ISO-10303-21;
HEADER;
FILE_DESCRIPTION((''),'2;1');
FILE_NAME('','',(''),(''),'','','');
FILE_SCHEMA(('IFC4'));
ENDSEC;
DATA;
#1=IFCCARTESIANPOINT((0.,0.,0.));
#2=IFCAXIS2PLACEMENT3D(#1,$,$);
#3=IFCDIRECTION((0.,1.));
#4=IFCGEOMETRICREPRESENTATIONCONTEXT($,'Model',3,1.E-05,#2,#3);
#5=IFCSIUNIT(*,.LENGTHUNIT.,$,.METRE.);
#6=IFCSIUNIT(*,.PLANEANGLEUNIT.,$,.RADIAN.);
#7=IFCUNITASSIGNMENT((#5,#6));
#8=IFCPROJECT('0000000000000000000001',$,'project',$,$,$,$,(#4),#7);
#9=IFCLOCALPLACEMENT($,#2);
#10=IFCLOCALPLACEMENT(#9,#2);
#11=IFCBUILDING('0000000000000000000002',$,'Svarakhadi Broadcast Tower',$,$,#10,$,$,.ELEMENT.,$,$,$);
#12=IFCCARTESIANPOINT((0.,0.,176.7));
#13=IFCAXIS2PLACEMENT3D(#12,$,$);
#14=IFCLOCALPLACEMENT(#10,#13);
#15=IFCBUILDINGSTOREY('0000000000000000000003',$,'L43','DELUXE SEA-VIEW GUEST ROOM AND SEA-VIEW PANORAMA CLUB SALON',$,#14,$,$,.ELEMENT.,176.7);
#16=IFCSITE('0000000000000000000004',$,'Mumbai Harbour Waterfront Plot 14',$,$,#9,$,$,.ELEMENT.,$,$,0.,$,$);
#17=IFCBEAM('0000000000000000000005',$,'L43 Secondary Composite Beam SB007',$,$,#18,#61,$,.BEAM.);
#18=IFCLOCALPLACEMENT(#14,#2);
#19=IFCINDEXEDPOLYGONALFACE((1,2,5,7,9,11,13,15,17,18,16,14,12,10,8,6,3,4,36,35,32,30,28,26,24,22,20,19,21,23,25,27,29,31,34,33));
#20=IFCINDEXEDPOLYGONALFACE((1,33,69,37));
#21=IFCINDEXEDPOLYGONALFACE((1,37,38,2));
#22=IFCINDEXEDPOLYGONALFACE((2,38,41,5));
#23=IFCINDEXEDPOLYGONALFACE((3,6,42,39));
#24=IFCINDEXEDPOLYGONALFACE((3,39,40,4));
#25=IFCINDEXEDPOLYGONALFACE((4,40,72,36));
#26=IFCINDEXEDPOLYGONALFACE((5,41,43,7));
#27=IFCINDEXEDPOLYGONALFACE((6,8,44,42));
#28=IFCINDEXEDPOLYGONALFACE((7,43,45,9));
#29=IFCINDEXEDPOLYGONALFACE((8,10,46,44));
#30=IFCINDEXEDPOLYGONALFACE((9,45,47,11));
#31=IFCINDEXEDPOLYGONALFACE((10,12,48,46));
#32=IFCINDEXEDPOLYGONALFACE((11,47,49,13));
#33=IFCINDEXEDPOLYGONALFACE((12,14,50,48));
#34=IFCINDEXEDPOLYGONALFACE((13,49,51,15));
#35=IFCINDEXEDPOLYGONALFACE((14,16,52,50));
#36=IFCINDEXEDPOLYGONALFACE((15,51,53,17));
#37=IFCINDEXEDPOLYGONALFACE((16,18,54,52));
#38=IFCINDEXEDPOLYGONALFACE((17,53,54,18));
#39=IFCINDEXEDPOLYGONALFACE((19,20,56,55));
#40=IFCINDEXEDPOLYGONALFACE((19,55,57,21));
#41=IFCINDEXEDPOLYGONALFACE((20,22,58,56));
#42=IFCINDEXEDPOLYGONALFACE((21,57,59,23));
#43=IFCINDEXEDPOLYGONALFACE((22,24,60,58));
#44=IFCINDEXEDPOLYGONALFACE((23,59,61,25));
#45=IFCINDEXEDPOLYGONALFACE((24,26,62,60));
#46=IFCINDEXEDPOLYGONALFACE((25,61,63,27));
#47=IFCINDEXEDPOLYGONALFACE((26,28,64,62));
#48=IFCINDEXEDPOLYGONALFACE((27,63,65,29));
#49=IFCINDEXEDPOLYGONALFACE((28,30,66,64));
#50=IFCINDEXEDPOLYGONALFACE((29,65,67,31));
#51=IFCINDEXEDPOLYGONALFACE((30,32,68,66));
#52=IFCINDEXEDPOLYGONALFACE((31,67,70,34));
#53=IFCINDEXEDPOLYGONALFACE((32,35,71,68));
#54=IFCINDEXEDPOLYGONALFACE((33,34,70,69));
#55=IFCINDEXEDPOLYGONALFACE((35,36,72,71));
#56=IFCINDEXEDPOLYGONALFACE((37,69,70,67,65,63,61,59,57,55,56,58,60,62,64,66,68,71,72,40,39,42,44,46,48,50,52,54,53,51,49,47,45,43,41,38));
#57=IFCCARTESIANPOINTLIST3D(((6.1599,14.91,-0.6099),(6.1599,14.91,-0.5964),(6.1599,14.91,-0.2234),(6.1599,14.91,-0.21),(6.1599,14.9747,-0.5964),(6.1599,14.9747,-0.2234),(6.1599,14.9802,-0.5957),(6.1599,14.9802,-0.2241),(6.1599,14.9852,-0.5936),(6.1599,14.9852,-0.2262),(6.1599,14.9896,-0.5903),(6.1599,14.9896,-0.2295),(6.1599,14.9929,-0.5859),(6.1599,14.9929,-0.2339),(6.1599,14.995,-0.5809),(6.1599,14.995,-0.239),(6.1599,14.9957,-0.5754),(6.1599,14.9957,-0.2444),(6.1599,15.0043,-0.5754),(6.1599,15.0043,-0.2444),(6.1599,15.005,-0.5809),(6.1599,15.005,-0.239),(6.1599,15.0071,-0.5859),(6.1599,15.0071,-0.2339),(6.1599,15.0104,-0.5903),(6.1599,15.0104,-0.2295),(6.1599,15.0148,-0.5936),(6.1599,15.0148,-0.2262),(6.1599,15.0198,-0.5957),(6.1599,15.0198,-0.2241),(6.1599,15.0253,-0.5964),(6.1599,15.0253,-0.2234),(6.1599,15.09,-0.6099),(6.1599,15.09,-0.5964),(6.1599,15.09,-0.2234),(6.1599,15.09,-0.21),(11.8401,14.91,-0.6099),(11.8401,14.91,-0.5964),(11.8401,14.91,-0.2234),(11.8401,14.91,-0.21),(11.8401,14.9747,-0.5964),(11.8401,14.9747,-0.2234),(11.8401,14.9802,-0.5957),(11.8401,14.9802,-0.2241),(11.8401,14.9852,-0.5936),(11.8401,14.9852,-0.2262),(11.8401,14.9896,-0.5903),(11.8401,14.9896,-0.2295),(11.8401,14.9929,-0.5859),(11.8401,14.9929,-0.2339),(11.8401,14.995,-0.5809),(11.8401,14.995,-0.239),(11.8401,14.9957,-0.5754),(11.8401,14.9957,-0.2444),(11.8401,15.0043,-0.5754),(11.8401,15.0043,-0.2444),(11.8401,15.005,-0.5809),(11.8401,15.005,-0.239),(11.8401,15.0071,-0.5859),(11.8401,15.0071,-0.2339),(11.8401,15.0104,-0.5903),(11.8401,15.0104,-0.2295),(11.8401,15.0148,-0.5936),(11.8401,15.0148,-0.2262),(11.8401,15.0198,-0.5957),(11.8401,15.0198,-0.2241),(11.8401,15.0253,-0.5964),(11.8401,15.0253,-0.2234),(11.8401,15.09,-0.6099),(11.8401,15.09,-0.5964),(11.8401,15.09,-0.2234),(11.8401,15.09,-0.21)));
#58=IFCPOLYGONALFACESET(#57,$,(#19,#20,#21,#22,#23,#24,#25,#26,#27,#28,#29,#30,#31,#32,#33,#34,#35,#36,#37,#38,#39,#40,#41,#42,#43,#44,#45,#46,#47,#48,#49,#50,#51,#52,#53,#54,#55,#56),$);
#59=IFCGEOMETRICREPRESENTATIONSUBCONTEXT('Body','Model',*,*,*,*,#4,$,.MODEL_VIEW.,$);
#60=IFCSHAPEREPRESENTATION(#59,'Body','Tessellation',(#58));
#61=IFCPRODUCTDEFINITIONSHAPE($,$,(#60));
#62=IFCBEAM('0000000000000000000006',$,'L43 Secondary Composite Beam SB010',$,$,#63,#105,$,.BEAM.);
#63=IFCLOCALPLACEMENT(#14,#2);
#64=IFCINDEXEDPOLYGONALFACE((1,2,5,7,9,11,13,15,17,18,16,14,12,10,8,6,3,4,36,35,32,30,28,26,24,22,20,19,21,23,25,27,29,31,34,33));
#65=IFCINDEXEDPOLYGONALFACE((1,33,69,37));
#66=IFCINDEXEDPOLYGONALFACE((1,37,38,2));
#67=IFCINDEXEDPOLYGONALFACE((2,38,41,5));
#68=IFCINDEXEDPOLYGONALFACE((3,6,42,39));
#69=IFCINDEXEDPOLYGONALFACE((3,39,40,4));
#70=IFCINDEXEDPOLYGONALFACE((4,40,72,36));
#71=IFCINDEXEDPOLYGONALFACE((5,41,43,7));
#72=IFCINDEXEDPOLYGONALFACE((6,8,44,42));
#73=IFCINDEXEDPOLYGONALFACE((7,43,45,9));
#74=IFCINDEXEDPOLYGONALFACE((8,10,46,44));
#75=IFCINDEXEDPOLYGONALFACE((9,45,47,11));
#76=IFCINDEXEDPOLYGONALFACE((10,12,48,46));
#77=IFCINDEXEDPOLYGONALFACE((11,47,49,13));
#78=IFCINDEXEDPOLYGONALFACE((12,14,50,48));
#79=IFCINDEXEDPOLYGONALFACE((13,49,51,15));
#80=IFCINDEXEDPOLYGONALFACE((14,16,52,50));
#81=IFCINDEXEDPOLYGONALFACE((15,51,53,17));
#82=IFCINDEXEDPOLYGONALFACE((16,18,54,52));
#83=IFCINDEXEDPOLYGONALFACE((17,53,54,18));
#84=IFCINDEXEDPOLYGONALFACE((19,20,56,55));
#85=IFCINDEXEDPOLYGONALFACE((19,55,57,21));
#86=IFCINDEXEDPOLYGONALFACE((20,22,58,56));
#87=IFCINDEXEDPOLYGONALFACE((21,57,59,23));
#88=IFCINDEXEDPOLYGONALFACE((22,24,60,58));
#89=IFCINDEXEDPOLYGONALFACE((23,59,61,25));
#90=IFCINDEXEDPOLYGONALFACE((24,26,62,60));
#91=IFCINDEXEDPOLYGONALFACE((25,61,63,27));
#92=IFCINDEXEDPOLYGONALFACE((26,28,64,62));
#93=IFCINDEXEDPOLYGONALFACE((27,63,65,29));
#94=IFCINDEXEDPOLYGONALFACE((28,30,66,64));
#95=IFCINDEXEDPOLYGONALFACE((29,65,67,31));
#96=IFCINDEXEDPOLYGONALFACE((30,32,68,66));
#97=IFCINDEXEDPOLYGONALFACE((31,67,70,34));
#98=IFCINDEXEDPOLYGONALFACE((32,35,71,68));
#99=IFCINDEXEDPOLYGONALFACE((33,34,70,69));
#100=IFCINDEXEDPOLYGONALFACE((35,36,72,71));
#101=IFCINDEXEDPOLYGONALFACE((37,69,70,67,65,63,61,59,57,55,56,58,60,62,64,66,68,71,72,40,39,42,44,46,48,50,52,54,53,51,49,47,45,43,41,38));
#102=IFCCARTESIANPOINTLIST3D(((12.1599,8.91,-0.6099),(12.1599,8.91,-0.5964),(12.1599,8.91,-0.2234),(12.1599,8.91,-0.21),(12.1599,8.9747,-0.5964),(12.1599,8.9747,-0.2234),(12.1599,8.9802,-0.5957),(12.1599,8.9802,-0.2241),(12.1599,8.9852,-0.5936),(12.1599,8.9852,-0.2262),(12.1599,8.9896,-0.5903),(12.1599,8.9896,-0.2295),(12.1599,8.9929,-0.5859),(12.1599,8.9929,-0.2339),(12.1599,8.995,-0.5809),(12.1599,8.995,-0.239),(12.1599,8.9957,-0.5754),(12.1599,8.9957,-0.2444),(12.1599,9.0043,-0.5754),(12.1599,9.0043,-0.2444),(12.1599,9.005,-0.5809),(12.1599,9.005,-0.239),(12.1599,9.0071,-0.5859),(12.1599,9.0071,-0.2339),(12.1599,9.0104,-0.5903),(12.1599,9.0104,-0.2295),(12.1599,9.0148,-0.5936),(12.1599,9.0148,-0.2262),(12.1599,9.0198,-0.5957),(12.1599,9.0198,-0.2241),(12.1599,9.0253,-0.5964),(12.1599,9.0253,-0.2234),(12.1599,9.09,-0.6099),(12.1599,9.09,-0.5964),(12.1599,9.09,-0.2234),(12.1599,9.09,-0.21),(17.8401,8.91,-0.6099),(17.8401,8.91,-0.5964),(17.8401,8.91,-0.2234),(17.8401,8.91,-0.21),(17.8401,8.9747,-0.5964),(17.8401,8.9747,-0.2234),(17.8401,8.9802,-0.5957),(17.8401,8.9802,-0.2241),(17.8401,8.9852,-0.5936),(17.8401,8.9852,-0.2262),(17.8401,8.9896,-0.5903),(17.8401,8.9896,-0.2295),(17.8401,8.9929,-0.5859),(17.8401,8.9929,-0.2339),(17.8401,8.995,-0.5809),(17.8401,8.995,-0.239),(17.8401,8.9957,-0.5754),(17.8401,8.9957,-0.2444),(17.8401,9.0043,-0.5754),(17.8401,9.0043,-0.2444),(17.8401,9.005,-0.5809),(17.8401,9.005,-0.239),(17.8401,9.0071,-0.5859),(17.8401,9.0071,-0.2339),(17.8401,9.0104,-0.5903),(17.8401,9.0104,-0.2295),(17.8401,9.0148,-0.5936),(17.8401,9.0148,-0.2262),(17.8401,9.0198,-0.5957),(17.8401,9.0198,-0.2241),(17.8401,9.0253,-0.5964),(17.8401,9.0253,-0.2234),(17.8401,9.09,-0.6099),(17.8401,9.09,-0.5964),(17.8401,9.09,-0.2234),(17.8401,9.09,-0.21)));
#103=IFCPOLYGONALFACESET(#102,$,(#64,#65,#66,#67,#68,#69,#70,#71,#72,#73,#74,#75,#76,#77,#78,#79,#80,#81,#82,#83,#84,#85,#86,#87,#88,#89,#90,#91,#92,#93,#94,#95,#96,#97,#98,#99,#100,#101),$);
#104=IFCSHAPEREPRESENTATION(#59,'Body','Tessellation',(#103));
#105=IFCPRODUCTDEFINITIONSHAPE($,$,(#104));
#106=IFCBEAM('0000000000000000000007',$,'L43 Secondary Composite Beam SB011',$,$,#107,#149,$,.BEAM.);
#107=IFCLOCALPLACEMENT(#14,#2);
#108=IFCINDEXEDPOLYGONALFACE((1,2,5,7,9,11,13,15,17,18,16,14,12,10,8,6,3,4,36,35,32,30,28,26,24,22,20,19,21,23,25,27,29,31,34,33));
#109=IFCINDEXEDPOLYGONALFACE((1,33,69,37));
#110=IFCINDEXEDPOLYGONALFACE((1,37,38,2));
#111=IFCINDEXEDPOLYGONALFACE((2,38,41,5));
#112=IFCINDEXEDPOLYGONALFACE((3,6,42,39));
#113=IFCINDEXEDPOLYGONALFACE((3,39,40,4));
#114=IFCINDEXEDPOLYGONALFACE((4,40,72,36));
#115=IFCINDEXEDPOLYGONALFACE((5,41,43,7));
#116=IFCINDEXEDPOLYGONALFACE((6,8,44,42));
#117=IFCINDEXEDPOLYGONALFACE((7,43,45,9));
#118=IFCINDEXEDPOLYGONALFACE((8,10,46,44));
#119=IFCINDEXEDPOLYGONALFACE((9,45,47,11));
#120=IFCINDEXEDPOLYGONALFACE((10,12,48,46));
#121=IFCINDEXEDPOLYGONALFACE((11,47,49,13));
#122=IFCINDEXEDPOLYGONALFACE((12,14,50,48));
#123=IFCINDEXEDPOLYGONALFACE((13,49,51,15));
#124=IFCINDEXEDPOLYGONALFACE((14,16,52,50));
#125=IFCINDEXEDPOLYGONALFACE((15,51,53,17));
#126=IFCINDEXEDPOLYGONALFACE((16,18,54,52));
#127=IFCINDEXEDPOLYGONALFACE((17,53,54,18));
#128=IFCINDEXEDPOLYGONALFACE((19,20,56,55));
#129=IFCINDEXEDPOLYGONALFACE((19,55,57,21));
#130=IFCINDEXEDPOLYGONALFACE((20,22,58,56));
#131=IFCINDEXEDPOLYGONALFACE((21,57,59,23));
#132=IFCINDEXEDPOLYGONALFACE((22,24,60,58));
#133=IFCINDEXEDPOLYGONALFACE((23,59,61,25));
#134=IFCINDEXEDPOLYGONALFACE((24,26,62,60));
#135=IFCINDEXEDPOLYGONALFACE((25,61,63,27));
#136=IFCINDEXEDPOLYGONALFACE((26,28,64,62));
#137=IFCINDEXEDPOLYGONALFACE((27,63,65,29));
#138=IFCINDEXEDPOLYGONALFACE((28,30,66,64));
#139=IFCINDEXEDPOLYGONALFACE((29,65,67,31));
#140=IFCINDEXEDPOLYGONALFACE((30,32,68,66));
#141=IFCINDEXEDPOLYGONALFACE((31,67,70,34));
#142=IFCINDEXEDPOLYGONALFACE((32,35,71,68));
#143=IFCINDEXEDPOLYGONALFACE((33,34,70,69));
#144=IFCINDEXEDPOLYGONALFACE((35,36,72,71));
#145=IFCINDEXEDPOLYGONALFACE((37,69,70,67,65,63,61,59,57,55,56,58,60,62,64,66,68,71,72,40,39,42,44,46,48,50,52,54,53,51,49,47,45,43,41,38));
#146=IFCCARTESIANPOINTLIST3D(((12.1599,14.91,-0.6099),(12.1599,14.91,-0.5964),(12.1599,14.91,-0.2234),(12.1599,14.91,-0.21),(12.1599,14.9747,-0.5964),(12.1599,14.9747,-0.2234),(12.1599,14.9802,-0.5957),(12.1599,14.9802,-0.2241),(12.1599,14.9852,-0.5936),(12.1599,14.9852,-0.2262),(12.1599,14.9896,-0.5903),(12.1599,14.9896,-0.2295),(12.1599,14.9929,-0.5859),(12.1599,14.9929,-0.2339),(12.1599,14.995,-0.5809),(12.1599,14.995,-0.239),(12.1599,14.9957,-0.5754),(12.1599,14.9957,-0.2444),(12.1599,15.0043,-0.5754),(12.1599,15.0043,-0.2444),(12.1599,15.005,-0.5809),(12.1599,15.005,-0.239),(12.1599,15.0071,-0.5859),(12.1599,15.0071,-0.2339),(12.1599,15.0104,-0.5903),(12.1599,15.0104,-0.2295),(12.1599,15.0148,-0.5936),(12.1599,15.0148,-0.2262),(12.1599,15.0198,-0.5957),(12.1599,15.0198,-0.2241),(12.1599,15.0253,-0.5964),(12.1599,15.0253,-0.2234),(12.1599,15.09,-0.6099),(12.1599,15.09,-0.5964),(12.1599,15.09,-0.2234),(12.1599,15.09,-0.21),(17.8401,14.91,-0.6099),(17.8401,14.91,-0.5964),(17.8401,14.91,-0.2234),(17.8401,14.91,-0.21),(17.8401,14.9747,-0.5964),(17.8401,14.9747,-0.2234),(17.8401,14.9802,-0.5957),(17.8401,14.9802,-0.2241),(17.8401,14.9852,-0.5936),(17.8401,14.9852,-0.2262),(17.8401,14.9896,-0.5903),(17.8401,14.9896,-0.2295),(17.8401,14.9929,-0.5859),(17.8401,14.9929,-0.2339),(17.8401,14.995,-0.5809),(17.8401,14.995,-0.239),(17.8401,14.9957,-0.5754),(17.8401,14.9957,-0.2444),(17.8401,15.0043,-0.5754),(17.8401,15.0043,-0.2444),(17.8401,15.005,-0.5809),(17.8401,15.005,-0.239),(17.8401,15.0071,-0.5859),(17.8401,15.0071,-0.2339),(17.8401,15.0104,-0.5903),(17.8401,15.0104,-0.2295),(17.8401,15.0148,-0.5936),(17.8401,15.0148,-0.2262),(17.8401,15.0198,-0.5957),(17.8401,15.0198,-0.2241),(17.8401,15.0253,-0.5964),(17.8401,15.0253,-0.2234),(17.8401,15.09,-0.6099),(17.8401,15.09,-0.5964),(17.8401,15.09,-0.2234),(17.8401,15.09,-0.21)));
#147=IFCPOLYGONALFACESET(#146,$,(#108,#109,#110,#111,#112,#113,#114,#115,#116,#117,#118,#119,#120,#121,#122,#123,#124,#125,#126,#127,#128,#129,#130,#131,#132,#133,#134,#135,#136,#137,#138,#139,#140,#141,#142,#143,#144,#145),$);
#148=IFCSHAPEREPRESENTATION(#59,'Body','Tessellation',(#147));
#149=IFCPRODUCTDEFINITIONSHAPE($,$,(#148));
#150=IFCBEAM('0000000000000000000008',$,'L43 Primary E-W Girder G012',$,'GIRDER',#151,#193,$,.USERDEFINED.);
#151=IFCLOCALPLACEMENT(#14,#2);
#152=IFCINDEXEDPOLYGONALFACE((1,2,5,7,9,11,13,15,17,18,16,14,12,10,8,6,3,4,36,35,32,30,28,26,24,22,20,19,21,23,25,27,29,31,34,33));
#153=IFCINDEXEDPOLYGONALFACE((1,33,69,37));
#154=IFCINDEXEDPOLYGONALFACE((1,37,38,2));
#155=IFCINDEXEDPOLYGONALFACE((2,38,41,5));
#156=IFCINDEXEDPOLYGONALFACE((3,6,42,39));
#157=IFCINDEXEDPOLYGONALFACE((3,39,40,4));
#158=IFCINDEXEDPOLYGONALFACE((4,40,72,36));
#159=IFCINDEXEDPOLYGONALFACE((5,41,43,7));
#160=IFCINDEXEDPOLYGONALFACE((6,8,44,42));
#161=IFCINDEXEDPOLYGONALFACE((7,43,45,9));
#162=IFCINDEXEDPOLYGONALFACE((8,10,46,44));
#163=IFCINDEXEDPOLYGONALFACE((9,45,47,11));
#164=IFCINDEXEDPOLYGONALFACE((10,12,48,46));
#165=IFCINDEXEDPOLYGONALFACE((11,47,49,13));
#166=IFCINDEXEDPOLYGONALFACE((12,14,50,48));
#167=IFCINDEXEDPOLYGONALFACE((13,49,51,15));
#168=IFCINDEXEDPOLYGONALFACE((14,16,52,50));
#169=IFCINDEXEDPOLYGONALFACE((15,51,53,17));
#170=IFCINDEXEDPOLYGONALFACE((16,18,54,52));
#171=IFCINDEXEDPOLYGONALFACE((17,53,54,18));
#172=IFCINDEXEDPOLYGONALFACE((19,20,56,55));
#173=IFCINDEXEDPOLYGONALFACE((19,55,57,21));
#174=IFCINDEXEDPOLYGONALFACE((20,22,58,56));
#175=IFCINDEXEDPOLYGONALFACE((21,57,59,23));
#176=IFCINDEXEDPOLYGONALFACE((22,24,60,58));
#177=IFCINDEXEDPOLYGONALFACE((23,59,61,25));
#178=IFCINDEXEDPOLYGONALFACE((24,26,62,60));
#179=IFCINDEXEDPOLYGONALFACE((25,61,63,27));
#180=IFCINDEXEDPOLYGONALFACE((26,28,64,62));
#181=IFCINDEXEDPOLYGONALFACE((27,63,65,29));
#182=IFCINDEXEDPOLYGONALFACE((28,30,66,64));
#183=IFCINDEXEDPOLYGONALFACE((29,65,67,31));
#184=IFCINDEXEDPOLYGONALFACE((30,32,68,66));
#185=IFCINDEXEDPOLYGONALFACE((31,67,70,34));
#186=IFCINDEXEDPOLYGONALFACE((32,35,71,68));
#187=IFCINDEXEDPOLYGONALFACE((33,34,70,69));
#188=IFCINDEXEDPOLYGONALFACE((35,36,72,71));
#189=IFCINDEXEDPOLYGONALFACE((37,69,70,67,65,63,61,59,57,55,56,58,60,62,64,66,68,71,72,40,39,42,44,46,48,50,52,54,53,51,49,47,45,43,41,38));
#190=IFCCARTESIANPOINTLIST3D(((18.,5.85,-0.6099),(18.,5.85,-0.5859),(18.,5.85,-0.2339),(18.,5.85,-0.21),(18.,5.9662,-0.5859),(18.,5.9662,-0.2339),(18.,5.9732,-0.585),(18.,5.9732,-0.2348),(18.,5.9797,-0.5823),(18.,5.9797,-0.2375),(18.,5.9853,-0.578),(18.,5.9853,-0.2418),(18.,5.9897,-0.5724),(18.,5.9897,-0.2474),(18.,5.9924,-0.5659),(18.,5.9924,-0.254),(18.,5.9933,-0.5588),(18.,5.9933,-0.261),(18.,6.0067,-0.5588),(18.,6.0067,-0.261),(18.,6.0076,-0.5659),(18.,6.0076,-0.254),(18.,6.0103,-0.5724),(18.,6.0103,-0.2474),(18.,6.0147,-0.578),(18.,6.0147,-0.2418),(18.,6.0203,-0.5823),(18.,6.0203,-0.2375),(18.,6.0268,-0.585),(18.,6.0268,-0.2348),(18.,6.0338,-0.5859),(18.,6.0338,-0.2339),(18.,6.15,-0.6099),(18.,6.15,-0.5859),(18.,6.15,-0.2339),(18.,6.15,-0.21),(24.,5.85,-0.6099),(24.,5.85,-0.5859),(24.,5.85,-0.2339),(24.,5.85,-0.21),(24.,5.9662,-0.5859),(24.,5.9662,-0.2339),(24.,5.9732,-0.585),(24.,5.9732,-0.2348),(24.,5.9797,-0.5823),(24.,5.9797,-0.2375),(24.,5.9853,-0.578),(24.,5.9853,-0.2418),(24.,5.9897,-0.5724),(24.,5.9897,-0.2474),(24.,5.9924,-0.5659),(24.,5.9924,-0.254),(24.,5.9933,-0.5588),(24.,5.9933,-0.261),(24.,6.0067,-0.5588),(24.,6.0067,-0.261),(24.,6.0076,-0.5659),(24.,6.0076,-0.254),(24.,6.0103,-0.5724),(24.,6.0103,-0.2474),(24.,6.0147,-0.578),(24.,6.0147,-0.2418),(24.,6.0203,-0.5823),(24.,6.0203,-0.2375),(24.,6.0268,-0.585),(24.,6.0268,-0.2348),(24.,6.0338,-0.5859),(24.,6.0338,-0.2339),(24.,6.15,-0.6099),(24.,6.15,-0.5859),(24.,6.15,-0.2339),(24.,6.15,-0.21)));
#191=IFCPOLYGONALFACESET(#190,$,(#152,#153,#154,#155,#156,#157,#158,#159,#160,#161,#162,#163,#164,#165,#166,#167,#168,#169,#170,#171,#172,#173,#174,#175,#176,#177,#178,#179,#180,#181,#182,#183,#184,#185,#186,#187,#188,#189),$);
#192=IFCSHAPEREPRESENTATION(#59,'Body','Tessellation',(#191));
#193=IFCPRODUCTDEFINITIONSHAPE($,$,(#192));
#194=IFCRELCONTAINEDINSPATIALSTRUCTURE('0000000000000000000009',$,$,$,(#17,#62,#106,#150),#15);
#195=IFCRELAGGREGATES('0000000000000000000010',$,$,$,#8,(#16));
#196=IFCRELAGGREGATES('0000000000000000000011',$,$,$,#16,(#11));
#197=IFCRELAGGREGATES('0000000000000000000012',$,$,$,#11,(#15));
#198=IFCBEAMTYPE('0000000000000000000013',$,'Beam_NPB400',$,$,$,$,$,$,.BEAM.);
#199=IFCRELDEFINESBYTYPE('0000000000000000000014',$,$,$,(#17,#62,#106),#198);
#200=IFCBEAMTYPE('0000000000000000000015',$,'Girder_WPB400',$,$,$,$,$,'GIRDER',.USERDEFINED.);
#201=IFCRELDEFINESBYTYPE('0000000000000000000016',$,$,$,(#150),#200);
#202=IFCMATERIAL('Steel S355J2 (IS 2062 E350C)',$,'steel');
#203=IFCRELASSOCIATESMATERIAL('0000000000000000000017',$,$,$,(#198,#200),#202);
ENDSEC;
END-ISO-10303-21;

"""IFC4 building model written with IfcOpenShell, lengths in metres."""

from ifc_helpers import new_model, si_unit, direction, frame, origin, origin_2d, place, context, subcontext, project, spatial, i_section, extrude, material, material_profile, profile_set, type_object, element, save


model = new_model("IFC4")

# Units and contexts
model_context = context("Model", 3, precision=1e-05, world=origin(), true_north=direction((0.0, 1.0)))
body_context = subcontext(model_context, "Body", "Model", "MODEL_VIEW")
ifc_project = project(units=[si_unit("LENGTHUNIT", "METRE"), si_unit("PLANEANGLEUNIT", "RADIAN")], contexts=[model_context])

# Site, building, storey
site_placement = place(None, origin())
site = spatial("IfcSite", under=ifc_project, at=site_placement, Name="Mumbai Harbour Waterfront Plot 14", CompositionType="ELEMENT", RefElevation=0.0)
building_placement = place(site_placement, origin())
building = spatial("IfcBuilding", under=site, at=building_placement, Name="Svarakhadi Broadcast Tower", CompositionType="ELEMENT")
storey_placement = place(building_placement, frame((0.0, 0.0, 176.7)))
storey = spatial("IfcBuildingStorey", under=building, at=storey_placement, Name="L43", Description="DELUXE SEA-VIEW GUEST ROOM AND SEA-VIEW PANORAMA CLUB SALON", CompositionType="ELEMENT", Elevation=176.7)

# Beams
ifc_material_1 = material(Name="Steel S355J2 (IS 2062 E350C)", Category="steel")
ifc_material_profile_1 = material_profile(ifc_material_1, i_section(OverallWidth=0.1799, OverallDepth=0.3999, WebThickness=0.0085, FlangeThickness=0.0134, FilletRadius=0.021, at=origin_2d()), Name="NPB 400x180x66")
ifc_profile_set_1 = profile_set([ifc_material_profile_1], Name="Steel S355J2 (IS 2062 E350C)")
beam_type_1 = type_object("IfcBeamType", Name="Beam_NPB400", PredefinedType="BEAM", material=ifc_profile_set_1)
for number, where, z_axis, x_axis, name in (
    (1, (6.1599, 15.0, -0.4099), (1.0, 0.0, 0.0), (0.0, 1.0, 0.0), "L43 Secondary Composite Beam SB007"),
    (2, (12.1599, 9.0, -0.4099), (1.0, 0.0, 0.0), (0.0, 1.0, 0.0), "L43 Secondary Composite Beam SB010"),
    (3, (12.1599, 15.0, -0.4099), (1.0, 0.0, 0.0), (0.0, 1.0, 0.0), "L43 Secondary Composite Beam SB011"),
):
    element("IfcBeam", number, at=place(storey_placement, frame(where, z_axis=z_axis, x_axis=x_axis)), inside=storey, type_object=beam_type_1, Name=name, PredefinedType="BEAM", context=body_context, shape_type="SweptSolid", body=[
        extrude(i_section(OverallWidth=0.1799, OverallDepth=0.3999, WebThickness=0.0085, FlangeThickness=0.0134, FilletRadius=0.021, at=origin_2d()), origin(), (0.0, 0.0, 1.0), 5.6802),
    ])
ifc_material_profile_2 = material_profile(ifc_material_1, i_section(OverallWidth=0.3, OverallDepth=0.3999, WebThickness=0.0134, FlangeThickness=0.0239, FilletRadius=0.0271, at=origin_2d()), Name="WPB 400x300x155")
ifc_profile_set_2 = profile_set([ifc_material_profile_2], Name="Steel S355J2 (IS 2062 E350C)")
beam_type_2 = type_object("IfcBeamType", Name="Girder_WPB400", ElementType="GIRDER", PredefinedType="USERDEFINED", material=ifc_profile_set_2)
for number, where, z_axis, x_axis, name in (
    (4, (18.0, 6.0, -0.4099), (1.0, 0.0, 0.0), (0.0, 1.0, 0.0), "L43 Primary E-W Girder G012"),
):
    element("IfcBeam", number, at=place(storey_placement, frame(where, z_axis=z_axis, x_axis=x_axis)), inside=storey, type_object=beam_type_2, Name=name, ObjectType="GIRDER", PredefinedType="USERDEFINED", context=body_context, shape_type="SweptSolid", body=[
        extrude(i_section(OverallWidth=0.3, OverallDepth=0.3999, WebThickness=0.0134, FlangeThickness=0.0239, FilletRadius=0.0271, at=origin_2d()), origin(), (0.0, 0.0, 1.0), 6.0),
    ])

save(model, "model.ifc")
